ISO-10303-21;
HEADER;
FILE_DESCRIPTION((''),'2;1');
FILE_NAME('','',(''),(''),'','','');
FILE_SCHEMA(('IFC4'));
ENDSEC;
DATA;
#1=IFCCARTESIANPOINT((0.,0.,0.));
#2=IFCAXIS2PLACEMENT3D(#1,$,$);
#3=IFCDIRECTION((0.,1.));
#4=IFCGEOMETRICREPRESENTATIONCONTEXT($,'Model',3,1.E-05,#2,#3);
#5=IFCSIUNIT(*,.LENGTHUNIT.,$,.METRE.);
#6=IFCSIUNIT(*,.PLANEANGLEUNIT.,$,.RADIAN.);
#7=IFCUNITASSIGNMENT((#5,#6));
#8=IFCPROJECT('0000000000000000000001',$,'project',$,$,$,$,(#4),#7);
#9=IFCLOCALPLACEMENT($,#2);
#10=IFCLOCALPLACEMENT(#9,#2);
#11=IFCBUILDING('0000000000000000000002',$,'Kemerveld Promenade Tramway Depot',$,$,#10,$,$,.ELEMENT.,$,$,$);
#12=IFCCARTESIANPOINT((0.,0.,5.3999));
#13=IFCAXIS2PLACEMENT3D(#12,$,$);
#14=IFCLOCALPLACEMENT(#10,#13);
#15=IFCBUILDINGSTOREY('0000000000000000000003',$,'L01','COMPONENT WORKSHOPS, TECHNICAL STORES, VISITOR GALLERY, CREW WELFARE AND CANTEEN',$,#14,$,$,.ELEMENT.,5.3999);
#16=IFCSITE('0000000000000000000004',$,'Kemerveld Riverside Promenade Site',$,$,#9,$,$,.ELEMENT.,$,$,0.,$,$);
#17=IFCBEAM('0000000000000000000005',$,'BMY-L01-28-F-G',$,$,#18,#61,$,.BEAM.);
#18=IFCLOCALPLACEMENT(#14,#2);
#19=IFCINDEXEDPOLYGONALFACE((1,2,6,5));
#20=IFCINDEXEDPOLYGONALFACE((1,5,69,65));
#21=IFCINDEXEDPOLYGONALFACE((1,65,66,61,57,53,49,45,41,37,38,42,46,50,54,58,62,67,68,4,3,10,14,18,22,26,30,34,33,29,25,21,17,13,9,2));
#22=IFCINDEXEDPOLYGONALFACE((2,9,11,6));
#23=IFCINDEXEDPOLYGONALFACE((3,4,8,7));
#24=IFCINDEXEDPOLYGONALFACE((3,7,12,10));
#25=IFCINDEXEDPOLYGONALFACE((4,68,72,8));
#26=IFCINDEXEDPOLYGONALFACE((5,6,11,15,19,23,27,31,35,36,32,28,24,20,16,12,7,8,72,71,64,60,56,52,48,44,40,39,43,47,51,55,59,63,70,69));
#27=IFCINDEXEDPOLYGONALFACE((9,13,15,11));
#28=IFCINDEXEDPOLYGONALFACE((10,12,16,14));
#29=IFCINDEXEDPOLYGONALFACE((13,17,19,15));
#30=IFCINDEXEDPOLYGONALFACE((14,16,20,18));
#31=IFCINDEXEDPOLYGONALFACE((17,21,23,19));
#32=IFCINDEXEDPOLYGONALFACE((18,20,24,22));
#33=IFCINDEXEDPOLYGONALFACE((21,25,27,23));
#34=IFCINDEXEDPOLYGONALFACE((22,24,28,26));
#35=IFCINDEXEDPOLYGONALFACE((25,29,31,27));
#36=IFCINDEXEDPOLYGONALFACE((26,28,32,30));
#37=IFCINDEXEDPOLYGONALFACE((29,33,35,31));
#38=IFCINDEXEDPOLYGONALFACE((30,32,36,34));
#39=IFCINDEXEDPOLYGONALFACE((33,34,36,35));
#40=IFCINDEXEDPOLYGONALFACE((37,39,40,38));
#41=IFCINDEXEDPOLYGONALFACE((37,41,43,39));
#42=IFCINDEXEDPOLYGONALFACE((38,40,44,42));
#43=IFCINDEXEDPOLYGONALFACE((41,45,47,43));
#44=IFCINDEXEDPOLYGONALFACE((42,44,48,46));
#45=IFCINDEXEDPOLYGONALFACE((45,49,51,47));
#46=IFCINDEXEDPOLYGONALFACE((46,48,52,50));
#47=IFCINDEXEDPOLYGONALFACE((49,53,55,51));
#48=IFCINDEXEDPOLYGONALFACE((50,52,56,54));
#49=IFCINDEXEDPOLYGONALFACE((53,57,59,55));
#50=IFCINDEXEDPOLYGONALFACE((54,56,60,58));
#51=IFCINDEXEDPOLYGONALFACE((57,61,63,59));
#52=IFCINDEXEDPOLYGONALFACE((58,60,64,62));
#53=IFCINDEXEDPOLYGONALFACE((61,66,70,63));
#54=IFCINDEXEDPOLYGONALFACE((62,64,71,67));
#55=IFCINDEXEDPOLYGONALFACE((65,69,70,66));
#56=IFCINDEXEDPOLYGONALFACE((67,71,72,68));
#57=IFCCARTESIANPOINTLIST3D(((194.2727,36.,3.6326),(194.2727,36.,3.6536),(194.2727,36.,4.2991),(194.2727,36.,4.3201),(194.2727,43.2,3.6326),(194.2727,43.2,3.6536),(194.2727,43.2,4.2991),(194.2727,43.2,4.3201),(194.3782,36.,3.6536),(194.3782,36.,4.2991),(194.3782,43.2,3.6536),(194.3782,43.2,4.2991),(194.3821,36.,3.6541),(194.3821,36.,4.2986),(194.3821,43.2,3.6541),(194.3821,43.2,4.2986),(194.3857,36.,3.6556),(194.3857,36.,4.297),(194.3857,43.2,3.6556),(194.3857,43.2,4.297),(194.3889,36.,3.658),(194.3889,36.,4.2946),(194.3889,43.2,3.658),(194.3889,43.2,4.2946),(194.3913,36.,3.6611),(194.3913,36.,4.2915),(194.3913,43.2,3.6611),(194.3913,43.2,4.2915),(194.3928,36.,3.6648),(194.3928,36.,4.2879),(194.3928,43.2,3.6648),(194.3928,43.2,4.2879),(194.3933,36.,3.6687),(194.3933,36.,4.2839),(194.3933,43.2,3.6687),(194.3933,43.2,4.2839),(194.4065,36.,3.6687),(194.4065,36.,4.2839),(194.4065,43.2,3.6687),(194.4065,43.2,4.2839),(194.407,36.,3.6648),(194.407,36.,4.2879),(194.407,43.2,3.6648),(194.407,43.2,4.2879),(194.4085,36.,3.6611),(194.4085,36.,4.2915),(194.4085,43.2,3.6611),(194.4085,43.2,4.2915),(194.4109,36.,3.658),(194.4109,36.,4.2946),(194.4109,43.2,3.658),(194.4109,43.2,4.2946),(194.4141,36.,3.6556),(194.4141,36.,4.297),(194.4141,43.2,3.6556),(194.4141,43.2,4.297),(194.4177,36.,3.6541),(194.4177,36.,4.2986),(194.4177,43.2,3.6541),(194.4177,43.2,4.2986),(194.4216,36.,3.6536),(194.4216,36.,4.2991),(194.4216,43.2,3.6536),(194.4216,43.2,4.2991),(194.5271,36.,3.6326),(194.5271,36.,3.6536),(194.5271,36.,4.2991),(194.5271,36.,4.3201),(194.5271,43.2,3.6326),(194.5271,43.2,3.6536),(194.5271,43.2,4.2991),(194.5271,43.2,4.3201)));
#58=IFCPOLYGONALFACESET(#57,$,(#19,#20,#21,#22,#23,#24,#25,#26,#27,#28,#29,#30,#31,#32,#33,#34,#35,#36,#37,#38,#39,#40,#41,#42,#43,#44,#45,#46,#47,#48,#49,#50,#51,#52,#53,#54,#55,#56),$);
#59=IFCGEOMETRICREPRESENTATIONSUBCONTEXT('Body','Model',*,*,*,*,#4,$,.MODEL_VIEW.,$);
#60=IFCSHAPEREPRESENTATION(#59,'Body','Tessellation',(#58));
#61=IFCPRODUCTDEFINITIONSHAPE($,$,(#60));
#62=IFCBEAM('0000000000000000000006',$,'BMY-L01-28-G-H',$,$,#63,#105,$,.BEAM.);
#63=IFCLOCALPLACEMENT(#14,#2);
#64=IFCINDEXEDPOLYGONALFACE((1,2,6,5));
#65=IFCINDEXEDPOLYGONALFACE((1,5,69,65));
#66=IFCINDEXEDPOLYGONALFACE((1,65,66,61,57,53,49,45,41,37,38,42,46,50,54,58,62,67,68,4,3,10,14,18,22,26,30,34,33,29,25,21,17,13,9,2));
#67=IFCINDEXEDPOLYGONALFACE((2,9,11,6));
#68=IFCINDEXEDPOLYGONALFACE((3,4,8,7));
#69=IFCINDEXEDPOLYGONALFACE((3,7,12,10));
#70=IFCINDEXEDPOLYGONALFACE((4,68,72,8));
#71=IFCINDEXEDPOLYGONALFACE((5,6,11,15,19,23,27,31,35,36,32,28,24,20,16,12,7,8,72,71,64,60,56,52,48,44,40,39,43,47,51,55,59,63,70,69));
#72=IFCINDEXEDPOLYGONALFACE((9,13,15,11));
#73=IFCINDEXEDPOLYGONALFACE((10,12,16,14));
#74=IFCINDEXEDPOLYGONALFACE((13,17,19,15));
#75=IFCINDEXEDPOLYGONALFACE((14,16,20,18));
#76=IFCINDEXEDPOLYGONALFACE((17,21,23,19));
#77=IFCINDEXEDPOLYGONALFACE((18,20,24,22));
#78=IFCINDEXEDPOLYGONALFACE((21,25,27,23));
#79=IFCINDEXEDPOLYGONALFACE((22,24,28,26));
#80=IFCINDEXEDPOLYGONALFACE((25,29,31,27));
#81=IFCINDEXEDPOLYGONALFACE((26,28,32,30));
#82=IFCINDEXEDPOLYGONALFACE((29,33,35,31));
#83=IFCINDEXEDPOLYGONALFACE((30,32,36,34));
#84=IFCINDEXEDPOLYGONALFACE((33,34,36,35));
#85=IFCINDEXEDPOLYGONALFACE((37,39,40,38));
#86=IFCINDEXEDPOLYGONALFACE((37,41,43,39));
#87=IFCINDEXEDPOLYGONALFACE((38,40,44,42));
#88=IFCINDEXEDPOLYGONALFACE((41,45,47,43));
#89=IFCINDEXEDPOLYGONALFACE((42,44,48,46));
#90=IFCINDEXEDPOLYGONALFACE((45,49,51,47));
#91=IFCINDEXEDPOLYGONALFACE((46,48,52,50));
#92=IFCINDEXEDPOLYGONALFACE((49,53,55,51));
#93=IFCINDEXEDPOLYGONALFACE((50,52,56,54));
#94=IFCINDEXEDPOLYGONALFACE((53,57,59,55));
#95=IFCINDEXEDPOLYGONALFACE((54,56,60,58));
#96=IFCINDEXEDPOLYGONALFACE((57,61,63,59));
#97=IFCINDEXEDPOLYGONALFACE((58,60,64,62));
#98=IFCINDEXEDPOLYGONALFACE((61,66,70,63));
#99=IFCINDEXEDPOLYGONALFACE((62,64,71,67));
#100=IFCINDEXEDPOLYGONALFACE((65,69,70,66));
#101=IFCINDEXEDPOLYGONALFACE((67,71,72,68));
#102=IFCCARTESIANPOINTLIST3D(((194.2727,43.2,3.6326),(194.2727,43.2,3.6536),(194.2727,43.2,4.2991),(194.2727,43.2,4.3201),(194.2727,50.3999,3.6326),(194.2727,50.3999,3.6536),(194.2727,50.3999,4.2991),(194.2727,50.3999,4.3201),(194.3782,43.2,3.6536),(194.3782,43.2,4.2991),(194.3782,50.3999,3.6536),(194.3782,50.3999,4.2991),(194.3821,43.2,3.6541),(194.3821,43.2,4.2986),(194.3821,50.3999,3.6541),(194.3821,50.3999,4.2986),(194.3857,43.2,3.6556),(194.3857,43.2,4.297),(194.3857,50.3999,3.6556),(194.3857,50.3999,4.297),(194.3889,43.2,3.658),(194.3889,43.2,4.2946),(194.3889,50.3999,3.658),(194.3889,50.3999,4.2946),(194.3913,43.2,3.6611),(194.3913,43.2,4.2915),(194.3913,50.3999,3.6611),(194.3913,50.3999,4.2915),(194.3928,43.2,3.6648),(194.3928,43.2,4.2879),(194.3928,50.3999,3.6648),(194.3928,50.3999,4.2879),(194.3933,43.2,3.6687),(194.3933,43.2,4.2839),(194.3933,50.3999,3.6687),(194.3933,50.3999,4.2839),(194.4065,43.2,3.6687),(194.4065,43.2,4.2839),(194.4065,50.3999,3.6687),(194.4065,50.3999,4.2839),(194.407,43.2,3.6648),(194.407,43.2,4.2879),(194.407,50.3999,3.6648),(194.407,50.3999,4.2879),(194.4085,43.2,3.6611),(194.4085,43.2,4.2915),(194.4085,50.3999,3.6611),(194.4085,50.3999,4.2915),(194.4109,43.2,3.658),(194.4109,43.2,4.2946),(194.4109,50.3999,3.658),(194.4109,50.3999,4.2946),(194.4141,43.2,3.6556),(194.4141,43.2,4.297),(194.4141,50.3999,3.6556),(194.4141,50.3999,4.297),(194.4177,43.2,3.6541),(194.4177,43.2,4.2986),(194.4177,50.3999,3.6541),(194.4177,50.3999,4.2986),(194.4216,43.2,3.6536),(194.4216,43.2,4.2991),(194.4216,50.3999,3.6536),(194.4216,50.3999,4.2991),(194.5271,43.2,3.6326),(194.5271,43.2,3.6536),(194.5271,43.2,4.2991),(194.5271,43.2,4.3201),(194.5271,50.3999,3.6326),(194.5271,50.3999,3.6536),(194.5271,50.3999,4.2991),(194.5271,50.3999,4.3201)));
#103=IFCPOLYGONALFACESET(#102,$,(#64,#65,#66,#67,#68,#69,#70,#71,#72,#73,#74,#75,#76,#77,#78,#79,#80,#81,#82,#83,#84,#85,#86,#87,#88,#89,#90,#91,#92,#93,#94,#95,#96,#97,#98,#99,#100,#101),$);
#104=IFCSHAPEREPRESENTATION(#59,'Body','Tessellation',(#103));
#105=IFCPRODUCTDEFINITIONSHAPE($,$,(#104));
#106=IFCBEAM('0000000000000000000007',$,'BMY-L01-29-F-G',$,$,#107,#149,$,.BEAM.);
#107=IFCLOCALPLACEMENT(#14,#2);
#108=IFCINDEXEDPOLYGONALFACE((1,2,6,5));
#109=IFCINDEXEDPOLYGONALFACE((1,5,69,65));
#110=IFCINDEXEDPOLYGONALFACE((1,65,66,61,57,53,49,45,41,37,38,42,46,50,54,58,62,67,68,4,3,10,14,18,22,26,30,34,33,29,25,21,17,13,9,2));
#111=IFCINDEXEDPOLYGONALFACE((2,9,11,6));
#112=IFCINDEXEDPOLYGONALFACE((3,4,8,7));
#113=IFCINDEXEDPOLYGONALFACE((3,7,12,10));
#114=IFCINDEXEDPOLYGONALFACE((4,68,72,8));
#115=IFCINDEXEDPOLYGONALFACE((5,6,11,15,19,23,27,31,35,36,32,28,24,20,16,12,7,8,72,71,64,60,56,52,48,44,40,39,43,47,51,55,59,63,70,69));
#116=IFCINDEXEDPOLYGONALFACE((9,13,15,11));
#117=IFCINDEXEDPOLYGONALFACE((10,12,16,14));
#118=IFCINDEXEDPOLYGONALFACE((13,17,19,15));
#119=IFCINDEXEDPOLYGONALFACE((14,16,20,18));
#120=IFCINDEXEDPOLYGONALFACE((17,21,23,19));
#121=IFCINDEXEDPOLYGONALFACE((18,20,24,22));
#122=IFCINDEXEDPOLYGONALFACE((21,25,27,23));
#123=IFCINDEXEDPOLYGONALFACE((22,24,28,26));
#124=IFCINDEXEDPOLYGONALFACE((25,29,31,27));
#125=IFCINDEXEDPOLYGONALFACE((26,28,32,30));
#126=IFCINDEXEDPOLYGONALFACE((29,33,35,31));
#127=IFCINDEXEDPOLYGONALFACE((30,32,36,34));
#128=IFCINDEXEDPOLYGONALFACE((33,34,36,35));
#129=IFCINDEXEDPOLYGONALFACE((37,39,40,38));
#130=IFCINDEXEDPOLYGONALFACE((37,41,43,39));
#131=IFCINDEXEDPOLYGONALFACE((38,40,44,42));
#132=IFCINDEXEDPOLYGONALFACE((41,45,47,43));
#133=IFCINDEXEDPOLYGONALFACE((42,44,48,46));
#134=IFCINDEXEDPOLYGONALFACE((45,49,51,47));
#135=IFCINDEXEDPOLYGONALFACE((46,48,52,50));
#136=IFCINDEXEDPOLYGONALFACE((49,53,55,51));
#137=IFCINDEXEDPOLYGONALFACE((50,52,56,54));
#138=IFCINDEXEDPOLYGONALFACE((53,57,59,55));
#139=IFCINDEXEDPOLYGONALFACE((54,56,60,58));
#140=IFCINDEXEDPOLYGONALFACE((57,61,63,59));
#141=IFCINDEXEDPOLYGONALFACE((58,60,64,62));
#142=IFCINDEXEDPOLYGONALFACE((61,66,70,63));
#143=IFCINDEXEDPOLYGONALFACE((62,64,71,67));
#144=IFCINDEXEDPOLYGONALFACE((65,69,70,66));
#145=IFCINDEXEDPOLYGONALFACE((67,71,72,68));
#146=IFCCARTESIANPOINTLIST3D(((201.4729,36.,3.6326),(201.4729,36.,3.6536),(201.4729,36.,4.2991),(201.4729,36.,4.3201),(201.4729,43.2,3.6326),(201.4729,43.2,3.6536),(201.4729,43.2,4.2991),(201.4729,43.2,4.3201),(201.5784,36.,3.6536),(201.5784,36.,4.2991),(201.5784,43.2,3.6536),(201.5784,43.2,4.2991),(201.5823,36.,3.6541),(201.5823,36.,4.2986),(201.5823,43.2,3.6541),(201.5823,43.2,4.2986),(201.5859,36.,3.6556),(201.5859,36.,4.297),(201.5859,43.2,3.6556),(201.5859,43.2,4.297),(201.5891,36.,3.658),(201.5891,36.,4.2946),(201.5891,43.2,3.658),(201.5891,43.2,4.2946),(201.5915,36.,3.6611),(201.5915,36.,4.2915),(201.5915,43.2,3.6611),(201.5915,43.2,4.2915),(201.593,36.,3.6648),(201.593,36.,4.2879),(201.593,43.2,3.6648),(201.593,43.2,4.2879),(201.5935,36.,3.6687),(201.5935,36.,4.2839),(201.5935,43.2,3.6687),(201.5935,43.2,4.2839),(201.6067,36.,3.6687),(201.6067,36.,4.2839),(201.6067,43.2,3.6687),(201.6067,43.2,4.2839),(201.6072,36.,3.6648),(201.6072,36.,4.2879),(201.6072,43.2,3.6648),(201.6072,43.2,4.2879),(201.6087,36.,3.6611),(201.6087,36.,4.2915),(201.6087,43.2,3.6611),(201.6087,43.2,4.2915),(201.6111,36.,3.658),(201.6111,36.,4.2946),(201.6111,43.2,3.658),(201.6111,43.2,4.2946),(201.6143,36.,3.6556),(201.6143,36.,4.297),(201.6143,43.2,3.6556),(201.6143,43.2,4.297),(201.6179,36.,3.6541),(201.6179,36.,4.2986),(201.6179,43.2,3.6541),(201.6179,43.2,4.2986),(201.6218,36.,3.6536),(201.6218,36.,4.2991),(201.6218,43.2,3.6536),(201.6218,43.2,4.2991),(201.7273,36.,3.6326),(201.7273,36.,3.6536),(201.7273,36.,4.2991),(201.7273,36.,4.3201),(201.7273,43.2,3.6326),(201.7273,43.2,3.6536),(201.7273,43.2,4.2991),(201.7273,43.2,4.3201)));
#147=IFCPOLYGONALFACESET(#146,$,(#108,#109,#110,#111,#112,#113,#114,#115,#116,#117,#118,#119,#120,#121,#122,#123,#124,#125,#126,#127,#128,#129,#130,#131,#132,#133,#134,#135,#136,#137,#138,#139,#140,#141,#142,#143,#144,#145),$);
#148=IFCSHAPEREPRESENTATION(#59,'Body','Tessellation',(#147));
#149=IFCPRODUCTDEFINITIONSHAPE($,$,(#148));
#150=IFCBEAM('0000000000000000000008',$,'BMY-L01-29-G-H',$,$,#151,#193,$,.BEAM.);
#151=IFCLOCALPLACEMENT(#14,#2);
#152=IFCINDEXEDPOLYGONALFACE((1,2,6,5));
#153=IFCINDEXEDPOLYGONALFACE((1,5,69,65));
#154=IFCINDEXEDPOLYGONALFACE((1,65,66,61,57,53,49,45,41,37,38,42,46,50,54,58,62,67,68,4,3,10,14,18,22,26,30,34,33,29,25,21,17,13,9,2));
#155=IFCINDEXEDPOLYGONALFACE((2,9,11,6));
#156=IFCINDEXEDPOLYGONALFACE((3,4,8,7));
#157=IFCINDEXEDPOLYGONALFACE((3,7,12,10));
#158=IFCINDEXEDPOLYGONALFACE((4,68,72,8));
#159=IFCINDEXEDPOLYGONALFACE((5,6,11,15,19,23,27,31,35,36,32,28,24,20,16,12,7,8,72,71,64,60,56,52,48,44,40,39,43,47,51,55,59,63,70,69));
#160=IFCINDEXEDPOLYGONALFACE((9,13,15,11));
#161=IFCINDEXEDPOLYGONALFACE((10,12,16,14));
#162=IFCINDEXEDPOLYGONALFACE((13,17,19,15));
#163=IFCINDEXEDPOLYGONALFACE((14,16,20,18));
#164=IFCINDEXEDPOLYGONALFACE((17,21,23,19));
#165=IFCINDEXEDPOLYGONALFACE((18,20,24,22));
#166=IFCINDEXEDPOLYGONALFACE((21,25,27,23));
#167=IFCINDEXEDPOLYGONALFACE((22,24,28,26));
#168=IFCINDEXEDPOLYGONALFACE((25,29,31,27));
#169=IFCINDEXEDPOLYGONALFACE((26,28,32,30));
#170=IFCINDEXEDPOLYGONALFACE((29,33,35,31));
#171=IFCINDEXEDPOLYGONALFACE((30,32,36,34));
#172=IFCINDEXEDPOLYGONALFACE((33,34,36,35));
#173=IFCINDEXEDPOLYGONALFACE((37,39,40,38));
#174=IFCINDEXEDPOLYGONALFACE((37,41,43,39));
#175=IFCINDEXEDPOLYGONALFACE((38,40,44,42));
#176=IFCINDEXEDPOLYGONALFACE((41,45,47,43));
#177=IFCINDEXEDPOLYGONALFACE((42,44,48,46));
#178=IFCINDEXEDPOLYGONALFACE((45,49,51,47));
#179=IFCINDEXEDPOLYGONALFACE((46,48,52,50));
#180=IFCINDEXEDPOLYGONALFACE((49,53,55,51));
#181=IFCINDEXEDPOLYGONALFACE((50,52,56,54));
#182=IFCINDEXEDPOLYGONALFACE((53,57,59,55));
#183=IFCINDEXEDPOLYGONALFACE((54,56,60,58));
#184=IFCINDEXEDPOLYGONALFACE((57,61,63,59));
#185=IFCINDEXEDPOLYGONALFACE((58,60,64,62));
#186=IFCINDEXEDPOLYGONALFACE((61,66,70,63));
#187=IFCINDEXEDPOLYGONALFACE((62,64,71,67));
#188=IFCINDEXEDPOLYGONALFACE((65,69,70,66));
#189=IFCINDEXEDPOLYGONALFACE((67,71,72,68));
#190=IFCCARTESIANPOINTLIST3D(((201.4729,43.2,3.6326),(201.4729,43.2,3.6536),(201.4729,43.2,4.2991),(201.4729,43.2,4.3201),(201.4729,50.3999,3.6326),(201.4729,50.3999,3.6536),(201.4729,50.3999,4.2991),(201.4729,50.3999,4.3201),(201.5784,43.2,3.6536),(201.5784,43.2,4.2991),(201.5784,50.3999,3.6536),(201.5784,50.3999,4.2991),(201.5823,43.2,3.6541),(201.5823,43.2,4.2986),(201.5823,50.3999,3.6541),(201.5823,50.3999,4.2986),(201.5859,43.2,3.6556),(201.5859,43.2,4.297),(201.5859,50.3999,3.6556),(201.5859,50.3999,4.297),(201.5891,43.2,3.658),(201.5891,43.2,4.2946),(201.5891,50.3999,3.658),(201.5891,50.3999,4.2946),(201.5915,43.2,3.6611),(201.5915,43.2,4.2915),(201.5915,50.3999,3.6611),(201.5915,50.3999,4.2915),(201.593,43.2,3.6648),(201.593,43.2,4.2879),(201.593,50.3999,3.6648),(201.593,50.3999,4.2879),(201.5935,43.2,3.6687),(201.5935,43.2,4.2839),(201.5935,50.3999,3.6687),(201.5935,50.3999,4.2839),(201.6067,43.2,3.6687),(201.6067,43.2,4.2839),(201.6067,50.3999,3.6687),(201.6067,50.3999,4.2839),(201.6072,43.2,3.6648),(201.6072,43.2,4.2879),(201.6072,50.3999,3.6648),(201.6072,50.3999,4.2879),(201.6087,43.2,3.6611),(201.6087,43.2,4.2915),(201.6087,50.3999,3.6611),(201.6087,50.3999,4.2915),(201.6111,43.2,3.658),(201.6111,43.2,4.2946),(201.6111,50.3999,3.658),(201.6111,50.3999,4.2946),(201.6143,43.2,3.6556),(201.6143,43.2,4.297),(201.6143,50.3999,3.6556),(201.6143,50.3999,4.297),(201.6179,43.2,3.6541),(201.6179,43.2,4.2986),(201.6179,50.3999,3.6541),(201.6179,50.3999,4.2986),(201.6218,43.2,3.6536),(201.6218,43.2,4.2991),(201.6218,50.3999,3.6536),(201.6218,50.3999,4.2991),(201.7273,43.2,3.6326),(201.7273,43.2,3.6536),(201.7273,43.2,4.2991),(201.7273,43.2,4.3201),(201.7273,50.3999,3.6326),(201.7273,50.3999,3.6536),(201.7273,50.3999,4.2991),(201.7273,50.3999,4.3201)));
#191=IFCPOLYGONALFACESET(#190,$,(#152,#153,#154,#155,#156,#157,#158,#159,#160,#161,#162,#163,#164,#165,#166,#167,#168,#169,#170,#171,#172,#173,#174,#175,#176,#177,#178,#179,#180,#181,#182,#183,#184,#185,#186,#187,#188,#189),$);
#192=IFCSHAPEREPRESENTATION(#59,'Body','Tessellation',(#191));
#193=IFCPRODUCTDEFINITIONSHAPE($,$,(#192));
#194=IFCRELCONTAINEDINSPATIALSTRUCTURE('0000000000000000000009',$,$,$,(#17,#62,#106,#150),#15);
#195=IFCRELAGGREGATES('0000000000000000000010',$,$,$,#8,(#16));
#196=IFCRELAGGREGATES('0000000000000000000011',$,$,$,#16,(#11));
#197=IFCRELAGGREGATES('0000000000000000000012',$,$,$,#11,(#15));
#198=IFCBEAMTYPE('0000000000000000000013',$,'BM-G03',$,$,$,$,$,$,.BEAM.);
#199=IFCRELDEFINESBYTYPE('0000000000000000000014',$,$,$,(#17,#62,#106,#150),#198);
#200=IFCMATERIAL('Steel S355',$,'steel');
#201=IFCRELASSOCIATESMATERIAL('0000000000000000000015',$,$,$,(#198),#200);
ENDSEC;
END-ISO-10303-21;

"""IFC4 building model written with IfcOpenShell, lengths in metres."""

from ifc_helpers import new_model, si_unit, direction, frame, origin, origin_2d, place, context, subcontext, project, spatial, i_section, extrude, material, material_profile, profile_set, type_object, element, save


model = new_model("IFC4")

# Units and contexts
model_context = context("Model", 3, precision=1e-05, world=origin(), true_north=direction((0.0, 1.0)))
body_context = subcontext(model_context, "Body", "Model", "MODEL_VIEW")
ifc_project = project(units=[si_unit("LENGTHUNIT", "METRE"), si_unit("PLANEANGLEUNIT", "RADIAN")], contexts=[model_context])

# Site, building, storey
site_placement = place(None, origin())
site = spatial("IfcSite", under=ifc_project, at=site_placement, Name="Kemerveld Riverside Promenade Site", CompositionType="ELEMENT", RefElevation=0.0)
building_placement = place(site_placement, origin())
building = spatial("IfcBuilding", under=site, at=building_placement, Name="Kemerveld Promenade Tramway Depot", CompositionType="ELEMENT")
storey_placement = place(building_placement, frame((0.0, 0.0, 5.3999)))
storey = spatial("IfcBuildingStorey", under=building, at=storey_placement, Name="L01", Description="COMPONENT WORKSHOPS, TECHNICAL STORES, VISITOR GALLERY, CREW WELFARE AND CANTEEN", CompositionType="ELEMENT", Elevation=5.3999)

# Shared definitions
ifc_material_1 = material(Name="Steel S355", Category="steel")

# Beams
ifc_material_profile_1 = material_profile(ifc_material_1, i_section(OverallWidth=0.2544, OverallDepth=0.6875, WebThickness=0.0132, FlangeThickness=0.021, FilletRadius=0.0151, at=origin_2d()), Name="686x254x152 UB")
ifc_profile_set_1 = profile_set([ifc_material_profile_1], Name="Steel S355")
beam_type_1 = type_object("IfcBeamType", Name="BM-G03", PredefinedType="BEAM", material=ifc_profile_set_1)
for number, where, z_axis, x_axis, name in (
    (1, (194.3999, 36.0, 3.9763), (0.0, 1.0, 0.0), (-1.0, 0.0, 0.0), "BMY-L01-28-F-G"),
    (2, (194.3999, 43.2, 3.9763), (0.0, 1.0, 0.0), (-1.0, 0.0, 0.0), "BMY-L01-28-G-H"),
    (3, (201.6001, 36.0, 3.9763), (0.0, 1.0, 0.0), (-1.0, 0.0, 0.0), "BMY-L01-29-F-G"),
    (4, (201.6001, 43.2, 3.9763), (0.0, 1.0, 0.0), (-1.0, 0.0, 0.0), "BMY-L01-29-G-H"),
):
    element("IfcBeam", number, at=place(storey_placement, frame(where, z_axis=z_axis, x_axis=x_axis)), inside=storey, type_object=beam_type_1, Name=name, PredefinedType="BEAM", context=body_context, shape_type="SweptSolid", body=[
        extrude(i_section(OverallWidth=0.2544, OverallDepth=0.6875, WebThickness=0.0132, FlangeThickness=0.021, FilletRadius=0.0151, at=origin_2d()), origin(), (0.0, 0.0, 1.0), 7.2),
    ])

save(model, "model.ifc")
